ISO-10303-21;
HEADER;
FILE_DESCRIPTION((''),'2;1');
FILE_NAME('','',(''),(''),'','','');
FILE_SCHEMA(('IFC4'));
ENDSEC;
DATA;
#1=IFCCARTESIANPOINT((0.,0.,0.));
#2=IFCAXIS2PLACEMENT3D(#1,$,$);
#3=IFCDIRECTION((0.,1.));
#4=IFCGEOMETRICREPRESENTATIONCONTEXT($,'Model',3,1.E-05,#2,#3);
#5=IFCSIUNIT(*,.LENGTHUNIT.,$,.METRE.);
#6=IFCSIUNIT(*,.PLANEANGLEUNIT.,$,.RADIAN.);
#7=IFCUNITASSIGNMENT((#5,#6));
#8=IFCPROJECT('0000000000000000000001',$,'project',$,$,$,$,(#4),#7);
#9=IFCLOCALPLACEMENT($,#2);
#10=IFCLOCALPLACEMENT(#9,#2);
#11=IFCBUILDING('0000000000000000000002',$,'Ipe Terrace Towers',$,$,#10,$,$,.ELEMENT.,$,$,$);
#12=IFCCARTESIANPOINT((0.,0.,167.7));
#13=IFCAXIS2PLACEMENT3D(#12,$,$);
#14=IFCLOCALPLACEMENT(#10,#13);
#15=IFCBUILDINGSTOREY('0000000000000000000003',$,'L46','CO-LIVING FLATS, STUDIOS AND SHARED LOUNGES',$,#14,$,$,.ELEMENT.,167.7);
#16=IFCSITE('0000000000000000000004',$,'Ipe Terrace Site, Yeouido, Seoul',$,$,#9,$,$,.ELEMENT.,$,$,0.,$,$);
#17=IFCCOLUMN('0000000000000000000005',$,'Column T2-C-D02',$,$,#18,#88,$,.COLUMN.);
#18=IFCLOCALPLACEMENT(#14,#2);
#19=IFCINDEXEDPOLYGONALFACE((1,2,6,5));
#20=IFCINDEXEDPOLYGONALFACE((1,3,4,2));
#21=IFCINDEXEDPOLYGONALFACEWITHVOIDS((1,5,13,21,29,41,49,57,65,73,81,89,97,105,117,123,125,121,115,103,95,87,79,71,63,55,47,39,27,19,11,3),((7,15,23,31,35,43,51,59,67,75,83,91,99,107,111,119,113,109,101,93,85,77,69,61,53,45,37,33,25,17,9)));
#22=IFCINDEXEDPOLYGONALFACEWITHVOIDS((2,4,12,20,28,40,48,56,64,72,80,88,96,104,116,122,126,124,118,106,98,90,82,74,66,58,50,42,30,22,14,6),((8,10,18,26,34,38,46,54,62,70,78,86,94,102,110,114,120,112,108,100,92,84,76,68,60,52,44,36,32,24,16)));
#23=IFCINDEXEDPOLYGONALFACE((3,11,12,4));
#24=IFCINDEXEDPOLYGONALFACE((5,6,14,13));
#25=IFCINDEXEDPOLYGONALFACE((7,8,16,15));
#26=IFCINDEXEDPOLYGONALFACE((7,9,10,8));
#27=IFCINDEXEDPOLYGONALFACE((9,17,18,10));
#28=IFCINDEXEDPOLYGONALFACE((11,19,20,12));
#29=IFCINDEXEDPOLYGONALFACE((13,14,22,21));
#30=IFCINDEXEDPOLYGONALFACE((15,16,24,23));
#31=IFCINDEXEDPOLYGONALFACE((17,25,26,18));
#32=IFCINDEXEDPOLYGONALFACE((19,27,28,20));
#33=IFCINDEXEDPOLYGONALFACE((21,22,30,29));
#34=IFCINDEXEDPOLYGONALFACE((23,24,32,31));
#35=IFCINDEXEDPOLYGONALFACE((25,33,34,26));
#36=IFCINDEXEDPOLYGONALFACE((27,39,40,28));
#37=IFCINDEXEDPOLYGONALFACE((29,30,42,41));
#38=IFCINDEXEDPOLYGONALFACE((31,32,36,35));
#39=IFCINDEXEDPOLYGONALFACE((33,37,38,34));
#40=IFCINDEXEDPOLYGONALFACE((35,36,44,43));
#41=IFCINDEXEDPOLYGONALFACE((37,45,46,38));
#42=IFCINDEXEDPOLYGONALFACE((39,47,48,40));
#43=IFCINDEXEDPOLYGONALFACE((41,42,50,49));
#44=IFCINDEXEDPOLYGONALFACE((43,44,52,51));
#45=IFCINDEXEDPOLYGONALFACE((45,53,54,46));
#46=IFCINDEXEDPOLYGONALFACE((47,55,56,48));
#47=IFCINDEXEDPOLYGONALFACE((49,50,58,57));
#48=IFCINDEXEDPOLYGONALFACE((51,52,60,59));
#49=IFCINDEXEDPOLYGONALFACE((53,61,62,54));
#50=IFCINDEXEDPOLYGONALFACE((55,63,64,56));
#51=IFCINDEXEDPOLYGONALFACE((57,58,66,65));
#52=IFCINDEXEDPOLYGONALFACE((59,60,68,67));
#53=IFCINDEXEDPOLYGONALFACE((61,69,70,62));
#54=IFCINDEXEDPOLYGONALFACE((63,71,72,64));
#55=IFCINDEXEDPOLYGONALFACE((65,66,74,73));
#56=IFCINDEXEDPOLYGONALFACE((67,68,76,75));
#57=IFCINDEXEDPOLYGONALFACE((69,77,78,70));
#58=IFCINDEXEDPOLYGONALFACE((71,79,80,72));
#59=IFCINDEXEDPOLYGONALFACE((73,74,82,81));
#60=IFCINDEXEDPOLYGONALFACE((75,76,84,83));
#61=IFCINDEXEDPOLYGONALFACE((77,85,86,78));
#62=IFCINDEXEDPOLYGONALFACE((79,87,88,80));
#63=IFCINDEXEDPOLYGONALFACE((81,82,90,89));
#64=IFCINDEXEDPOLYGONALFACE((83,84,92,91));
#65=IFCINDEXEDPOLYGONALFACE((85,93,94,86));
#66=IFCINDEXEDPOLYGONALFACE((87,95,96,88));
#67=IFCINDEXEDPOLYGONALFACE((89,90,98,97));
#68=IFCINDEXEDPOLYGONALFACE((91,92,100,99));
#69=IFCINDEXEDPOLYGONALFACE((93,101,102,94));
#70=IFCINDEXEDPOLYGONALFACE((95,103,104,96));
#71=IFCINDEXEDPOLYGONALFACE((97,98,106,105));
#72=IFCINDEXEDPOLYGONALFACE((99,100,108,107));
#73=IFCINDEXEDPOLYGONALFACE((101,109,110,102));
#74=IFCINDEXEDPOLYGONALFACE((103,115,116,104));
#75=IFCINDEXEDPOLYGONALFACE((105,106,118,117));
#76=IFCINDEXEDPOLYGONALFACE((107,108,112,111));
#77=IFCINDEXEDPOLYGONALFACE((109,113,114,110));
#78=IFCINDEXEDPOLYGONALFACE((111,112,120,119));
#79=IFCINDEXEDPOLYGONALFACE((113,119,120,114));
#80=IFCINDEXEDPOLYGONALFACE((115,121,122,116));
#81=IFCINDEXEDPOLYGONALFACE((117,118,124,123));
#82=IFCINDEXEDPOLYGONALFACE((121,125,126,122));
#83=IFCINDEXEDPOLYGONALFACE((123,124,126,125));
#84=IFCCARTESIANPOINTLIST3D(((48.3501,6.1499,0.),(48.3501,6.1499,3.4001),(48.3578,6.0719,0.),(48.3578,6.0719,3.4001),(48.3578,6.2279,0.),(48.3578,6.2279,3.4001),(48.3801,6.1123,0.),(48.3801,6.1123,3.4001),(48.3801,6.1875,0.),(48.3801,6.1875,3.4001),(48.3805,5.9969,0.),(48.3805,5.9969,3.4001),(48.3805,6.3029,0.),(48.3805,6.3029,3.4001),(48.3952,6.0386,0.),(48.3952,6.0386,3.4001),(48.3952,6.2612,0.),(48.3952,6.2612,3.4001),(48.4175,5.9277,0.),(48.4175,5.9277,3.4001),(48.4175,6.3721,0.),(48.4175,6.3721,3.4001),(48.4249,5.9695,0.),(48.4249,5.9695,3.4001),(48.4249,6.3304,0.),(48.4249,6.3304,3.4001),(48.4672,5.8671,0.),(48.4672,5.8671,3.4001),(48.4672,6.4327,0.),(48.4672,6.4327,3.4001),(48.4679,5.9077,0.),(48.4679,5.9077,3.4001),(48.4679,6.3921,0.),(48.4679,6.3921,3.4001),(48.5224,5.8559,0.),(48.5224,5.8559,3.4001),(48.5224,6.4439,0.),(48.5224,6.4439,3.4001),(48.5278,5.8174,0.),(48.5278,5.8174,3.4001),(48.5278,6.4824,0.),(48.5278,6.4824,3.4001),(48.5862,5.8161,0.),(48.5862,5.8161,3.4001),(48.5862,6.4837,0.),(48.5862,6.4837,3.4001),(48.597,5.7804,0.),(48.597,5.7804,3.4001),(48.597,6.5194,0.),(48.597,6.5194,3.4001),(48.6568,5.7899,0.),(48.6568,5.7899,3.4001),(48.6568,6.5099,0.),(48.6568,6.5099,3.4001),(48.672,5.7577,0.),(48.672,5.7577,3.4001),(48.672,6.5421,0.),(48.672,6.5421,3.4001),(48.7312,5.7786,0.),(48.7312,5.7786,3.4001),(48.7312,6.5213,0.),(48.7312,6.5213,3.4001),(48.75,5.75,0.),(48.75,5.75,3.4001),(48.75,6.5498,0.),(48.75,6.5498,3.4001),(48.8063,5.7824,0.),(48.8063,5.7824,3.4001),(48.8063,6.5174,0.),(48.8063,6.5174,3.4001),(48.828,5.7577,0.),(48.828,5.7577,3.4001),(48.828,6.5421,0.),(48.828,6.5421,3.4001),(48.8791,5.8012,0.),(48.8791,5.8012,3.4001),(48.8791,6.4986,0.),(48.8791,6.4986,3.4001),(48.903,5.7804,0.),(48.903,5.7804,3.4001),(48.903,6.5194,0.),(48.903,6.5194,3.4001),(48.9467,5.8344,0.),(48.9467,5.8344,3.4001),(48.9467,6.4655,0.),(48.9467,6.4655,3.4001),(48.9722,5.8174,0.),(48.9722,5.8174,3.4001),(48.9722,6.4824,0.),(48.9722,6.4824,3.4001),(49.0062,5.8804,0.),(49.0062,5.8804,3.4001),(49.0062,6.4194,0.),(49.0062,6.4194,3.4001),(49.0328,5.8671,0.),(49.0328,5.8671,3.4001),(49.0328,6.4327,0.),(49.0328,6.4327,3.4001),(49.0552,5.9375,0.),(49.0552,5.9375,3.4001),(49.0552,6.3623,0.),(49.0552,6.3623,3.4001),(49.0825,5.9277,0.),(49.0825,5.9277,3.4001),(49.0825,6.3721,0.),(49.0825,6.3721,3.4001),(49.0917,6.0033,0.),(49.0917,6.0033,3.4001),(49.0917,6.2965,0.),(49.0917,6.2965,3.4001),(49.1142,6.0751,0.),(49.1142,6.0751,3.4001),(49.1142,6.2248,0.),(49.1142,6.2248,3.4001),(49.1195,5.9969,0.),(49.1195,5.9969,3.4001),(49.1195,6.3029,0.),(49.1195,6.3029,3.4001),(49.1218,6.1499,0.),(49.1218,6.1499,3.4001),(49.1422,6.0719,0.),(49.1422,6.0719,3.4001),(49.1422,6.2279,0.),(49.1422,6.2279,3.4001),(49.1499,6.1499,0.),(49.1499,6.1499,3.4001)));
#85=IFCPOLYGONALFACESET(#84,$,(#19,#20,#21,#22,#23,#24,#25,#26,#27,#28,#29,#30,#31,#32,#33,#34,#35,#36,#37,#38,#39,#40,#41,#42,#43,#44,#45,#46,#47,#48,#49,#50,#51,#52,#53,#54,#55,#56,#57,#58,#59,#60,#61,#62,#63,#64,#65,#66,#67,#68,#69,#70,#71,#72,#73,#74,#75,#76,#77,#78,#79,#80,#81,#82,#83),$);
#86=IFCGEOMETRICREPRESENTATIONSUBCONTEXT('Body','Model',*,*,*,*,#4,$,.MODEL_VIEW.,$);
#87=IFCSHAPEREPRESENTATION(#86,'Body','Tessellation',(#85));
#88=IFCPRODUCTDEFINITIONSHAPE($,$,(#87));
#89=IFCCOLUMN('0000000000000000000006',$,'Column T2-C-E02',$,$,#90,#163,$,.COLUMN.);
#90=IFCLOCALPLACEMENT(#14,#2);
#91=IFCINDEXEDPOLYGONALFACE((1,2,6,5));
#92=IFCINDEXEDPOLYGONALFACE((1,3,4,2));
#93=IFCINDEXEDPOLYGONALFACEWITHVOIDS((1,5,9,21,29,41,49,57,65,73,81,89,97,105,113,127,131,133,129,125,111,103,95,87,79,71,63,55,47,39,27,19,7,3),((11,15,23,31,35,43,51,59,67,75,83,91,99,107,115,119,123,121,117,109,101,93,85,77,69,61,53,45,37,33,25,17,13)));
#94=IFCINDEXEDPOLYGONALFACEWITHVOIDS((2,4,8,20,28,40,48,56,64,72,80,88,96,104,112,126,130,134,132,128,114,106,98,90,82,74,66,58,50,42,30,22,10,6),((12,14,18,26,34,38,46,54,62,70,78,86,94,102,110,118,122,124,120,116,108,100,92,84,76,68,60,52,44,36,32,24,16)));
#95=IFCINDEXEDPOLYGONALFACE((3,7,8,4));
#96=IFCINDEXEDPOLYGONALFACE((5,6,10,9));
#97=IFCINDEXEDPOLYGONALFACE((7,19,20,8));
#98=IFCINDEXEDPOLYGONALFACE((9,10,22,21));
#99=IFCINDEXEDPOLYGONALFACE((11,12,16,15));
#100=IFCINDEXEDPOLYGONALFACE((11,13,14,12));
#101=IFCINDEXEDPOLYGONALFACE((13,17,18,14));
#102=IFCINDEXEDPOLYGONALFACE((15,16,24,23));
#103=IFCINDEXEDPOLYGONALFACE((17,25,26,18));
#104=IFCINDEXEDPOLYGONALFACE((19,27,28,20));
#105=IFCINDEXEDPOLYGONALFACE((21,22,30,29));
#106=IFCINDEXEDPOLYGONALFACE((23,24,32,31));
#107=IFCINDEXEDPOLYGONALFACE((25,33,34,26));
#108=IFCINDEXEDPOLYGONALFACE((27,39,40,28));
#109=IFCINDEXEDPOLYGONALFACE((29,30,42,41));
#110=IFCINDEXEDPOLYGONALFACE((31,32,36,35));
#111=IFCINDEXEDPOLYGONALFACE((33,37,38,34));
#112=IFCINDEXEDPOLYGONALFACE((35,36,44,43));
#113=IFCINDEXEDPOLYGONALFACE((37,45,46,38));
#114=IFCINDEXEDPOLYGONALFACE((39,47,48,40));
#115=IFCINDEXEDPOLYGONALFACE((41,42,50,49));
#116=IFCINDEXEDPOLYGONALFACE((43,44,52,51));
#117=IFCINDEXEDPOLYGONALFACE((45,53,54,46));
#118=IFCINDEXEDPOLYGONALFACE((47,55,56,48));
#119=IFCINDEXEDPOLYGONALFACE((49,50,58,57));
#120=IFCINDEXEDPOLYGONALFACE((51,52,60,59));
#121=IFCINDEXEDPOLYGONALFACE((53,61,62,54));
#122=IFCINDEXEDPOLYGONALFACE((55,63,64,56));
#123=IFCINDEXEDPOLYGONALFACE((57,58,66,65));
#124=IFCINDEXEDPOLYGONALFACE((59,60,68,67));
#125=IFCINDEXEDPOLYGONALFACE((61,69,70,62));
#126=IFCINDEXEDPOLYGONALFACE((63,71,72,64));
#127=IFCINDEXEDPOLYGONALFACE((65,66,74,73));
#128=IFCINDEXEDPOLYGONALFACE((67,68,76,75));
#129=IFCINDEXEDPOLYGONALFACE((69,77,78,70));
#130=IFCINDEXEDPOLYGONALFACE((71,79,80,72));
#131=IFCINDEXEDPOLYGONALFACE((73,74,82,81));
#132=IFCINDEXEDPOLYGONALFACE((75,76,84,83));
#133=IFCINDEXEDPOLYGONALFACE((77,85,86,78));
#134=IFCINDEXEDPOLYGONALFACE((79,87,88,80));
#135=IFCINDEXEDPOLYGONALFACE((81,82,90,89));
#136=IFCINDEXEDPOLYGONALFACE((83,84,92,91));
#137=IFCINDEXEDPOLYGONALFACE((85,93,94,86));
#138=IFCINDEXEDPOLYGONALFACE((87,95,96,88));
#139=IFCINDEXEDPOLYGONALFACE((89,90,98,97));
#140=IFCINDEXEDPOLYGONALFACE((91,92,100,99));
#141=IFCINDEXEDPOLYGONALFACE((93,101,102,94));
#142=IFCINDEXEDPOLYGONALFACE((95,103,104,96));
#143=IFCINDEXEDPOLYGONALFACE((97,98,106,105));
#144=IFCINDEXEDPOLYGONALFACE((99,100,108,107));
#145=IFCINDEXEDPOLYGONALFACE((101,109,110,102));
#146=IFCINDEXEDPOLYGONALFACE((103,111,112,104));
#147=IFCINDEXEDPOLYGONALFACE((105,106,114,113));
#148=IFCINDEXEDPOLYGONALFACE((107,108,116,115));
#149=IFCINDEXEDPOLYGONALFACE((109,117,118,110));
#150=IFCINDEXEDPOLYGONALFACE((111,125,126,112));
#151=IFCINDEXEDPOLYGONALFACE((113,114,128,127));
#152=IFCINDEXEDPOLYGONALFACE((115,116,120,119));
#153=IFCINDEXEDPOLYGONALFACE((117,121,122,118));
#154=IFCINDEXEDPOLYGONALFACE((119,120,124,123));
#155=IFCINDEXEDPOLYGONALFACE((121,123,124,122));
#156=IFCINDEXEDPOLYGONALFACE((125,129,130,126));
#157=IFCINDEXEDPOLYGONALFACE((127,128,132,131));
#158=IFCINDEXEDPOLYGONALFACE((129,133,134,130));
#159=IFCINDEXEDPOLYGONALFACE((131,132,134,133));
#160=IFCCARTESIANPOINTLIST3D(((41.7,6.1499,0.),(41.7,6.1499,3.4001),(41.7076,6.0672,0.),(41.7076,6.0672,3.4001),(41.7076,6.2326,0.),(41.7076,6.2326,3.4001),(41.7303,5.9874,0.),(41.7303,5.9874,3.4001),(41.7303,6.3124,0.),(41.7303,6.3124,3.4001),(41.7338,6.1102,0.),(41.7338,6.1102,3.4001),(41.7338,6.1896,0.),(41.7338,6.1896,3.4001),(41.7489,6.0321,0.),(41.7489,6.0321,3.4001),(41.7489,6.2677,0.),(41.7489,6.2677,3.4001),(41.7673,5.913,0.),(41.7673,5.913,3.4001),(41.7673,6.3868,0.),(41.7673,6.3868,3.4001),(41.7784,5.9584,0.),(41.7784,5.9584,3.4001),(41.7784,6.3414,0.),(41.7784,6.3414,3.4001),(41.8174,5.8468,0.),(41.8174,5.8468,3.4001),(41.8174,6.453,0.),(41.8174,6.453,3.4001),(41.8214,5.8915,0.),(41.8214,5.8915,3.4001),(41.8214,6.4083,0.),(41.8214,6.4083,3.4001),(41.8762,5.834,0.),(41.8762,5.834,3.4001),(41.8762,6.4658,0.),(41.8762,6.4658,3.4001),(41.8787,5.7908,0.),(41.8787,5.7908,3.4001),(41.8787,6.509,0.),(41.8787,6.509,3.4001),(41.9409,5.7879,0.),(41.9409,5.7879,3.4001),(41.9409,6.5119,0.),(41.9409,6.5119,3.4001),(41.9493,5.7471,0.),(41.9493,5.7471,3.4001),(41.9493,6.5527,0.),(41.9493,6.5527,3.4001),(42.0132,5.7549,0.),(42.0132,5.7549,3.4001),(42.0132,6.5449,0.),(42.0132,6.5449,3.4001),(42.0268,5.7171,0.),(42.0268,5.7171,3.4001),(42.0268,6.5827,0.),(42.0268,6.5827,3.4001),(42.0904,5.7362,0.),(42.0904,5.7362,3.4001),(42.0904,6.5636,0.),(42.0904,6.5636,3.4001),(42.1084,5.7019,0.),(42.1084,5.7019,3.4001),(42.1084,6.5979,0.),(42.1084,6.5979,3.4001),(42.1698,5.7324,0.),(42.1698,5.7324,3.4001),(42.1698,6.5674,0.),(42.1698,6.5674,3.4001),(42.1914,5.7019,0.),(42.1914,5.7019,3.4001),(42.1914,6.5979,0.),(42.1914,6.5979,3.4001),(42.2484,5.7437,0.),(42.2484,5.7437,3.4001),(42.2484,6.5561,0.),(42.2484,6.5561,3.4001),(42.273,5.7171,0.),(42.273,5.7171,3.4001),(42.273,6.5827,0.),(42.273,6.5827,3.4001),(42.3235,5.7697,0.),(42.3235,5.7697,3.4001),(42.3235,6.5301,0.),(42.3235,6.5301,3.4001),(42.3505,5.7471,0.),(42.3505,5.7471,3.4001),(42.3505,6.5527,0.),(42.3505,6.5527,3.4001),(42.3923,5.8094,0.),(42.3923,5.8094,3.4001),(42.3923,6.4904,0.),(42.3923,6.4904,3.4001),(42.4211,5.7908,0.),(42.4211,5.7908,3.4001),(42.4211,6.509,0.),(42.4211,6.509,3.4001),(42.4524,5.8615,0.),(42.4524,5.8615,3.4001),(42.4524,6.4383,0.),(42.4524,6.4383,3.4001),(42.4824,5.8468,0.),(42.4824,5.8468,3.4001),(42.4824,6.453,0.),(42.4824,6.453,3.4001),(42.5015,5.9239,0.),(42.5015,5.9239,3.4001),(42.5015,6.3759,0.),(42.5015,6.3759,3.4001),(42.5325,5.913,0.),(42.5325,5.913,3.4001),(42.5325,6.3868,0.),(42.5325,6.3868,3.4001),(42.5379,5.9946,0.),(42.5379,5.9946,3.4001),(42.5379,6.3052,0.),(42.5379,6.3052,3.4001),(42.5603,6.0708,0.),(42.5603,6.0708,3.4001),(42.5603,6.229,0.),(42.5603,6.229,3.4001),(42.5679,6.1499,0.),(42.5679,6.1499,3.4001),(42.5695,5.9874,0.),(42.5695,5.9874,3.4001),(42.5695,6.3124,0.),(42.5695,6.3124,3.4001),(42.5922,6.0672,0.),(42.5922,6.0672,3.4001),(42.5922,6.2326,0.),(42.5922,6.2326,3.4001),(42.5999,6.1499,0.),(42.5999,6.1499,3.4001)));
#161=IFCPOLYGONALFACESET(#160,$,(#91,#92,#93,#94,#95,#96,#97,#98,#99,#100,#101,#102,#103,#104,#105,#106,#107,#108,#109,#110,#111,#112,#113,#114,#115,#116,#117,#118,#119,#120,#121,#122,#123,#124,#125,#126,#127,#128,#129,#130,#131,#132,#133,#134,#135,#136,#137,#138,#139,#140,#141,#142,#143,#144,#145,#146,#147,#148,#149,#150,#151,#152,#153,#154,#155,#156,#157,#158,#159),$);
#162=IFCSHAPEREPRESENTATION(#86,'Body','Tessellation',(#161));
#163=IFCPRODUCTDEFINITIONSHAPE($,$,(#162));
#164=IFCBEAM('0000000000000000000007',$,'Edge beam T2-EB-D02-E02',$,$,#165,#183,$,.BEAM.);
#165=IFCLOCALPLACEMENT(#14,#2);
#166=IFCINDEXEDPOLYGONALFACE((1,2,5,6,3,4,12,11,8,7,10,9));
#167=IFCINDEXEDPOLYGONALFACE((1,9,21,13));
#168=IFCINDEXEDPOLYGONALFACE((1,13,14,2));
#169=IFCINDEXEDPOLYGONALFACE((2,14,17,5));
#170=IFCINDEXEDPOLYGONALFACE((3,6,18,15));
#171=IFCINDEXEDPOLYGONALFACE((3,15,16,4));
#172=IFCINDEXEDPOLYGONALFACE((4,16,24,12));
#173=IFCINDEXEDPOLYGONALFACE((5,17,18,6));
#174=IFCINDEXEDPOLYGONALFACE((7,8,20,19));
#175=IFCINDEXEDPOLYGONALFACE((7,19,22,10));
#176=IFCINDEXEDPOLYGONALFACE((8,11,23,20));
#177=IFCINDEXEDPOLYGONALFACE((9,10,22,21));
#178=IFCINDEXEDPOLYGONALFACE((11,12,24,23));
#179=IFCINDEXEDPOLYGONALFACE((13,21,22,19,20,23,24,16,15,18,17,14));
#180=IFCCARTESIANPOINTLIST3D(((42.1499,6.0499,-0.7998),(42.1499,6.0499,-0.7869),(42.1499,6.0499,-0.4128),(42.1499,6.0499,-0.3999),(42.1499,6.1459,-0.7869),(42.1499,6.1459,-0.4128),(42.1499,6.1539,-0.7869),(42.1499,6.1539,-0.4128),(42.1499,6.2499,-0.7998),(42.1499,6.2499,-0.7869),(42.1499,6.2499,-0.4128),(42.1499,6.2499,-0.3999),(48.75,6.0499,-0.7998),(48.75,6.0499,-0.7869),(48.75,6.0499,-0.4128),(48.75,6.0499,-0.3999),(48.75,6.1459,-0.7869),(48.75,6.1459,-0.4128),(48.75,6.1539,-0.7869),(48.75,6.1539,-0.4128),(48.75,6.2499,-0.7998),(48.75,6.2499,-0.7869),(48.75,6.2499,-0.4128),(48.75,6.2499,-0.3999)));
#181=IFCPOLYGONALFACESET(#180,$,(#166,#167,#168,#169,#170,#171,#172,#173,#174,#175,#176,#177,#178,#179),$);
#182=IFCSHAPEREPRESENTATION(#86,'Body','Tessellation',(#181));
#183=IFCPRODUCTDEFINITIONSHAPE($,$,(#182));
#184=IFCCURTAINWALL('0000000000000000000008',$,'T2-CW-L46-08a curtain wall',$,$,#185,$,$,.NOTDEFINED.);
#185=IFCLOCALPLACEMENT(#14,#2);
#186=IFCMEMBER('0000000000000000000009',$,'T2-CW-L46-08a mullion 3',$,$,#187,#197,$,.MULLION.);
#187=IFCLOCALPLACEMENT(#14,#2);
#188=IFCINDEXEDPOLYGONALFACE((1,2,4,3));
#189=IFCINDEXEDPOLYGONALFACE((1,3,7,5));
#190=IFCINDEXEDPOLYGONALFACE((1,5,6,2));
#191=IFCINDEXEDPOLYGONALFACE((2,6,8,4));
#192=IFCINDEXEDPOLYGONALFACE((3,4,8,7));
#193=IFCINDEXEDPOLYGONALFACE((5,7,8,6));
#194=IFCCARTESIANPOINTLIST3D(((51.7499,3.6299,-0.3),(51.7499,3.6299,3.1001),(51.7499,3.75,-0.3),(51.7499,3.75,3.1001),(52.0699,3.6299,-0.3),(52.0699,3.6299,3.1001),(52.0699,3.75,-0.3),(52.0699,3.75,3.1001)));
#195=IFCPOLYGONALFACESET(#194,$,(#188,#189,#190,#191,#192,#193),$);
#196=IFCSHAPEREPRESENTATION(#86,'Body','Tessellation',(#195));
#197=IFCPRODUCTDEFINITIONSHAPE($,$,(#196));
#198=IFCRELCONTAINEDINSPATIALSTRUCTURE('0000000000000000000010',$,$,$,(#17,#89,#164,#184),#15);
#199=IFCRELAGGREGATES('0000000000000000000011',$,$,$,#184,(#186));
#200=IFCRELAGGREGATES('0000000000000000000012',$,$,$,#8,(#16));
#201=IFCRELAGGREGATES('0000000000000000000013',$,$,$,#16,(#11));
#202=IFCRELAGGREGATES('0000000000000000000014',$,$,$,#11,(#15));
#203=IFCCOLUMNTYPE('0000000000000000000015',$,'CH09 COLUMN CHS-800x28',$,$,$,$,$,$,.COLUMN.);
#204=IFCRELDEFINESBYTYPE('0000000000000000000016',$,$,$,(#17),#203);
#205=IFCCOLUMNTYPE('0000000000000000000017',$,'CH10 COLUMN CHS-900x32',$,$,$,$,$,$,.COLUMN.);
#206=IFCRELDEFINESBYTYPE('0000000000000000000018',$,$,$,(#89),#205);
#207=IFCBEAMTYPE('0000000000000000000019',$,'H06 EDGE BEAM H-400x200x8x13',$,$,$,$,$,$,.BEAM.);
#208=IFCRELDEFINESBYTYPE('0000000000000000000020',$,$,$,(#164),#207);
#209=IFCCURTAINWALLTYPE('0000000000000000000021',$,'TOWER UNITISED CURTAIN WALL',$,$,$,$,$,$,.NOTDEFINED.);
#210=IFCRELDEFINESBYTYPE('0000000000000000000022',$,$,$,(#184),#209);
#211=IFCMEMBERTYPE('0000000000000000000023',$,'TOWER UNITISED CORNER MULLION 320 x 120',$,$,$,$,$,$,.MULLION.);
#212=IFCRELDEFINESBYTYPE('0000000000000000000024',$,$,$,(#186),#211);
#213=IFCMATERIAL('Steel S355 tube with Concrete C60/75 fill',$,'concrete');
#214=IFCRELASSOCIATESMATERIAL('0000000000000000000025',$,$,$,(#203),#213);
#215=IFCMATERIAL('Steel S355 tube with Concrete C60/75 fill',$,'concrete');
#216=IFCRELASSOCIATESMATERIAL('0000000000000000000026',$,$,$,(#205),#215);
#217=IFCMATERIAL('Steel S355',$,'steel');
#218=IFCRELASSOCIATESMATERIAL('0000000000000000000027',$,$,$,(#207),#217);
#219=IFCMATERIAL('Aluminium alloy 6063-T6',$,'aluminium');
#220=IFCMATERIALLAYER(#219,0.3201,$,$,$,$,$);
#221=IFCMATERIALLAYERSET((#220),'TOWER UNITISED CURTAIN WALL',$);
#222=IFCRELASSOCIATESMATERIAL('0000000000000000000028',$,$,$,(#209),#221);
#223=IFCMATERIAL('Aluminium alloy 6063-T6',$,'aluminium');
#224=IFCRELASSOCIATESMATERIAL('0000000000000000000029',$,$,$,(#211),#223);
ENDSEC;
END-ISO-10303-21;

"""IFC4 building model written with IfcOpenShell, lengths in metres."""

from ifc_helpers import new_model, si_unit, direction, frame, origin, origin_2d, place, context, subcontext, project, spatial, rectangle, hollow_circle, i_section, extrude, material, layer, layer_set, material_profile, profile_set, type_object, element, aggregate, save


model = new_model("IFC4")

# Units and contexts
model_context = context("Model", 3, precision=1e-05, world=origin(), true_north=direction((0.0, 1.0)))
body_context = subcontext(model_context, "Body", "Model", "MODEL_VIEW")
ifc_project = project(units=[si_unit("LENGTHUNIT", "METRE"), si_unit("PLANEANGLEUNIT", "RADIAN")], contexts=[model_context])

# Site, building, storey
site_placement = place(None, origin())
site = spatial("IfcSite", under=ifc_project, at=site_placement, Name="Ipe Terrace Site, Yeouido, Seoul", CompositionType="ELEMENT", RefElevation=0.0)
building_placement = place(site_placement, origin())
building = spatial("IfcBuilding", under=site, at=building_placement, Name="Ipe Terrace Towers", CompositionType="ELEMENT")
storey_placement = place(building_placement, frame((0.0, 0.0, 167.7)))
storey = spatial("IfcBuildingStorey", under=building, at=storey_placement, Name="L46", Description="CO-LIVING FLATS, STUDIOS AND SHARED LOUNGES", CompositionType="ELEMENT", Elevation=167.7)

# Columns
ifc_material_1 = material(Name="Steel S355 tube with Concrete C60/75 fill", Category="concrete")
ifc_material_profile_1 = material_profile(ifc_material_1, hollow_circle(Radius=0.3999, WallThickness=0.0281, at=origin_2d()), Name="CHS-800x28")
ifc_profile_set_1 = profile_set([ifc_material_profile_1], Name="Steel S355 tube with Concrete C60/75 fill")
column_type_1 = type_object("IfcColumnType", Name="CH09 COLUMN CHS-800x28", PredefinedType="COLUMN", material=ifc_profile_set_1)
column_1_placement = place(storey_placement, frame((48.75, 6.1499, 0.0), z_axis=(0.0, 0.0, 1.0), x_axis=(1.0, 0.0, 0.0)))
element("IfcColumn", 1, at=column_1_placement, inside=storey, type_object=column_type_1, Name="Column T2-C-D02", PredefinedType="COLUMN", context=body_context, shape_type="SweptSolid", body=[
    extrude(hollow_circle(Radius=0.3999, WallThickness=0.0281, at=origin_2d()), origin(), (0.0, 0.0, 1.0), 3.4001),
])
ifc_material_2 = material(Name="Steel S355 tube with Concrete C60/75 fill", Category="concrete")
ifc_material_profile_2 = material_profile(ifc_material_2, hollow_circle(Radius=0.45, WallThickness=0.032, at=origin_2d()), Name="CHS-900x32")
ifc_profile_set_2 = profile_set([ifc_material_profile_2], Name="Steel S355 tube with Concrete C60/75 fill")
column_type_2 = type_object("IfcColumnType", Name="CH10 COLUMN CHS-900x32", PredefinedType="COLUMN", material=ifc_profile_set_2)
column_2_placement = place(storey_placement, frame((42.1499, 6.1499, 0.0), z_axis=(0.0, 0.0, 1.0), x_axis=(1.0, 0.0, 0.0)))
element("IfcColumn", 2, at=column_2_placement, inside=storey, type_object=column_type_2, Name="Column T2-C-E02", PredefinedType="COLUMN", context=body_context, shape_type="SweptSolid", body=[
    extrude(hollow_circle(Radius=0.45, WallThickness=0.032, at=origin_2d()), origin(), (0.0, 0.0, 1.0), 3.4001),
])

# Beam
ifc_material_3 = material(Name="Steel S355", Category="steel")
ifc_material_profile_3 = material_profile(ifc_material_3, i_section(OverallWidth=0.2, OverallDepth=0.3999, WebThickness=0.0081, FlangeThickness=0.0129, at=origin_2d()), Name="H-400x200x8x13")
ifc_profile_set_3 = profile_set([ifc_material_profile_3], Name="Steel S355")
beam_type = type_object("IfcBeamType", Name="H06 EDGE BEAM H-400x200x8x13", PredefinedType="BEAM", material=ifc_profile_set_3)
beam_placement = place(storey_placement, frame((48.75, 6.1499, -0.5999), z_axis=(-1.0, 0.0, 0.0), x_axis=(0.0, -1.0, 0.0)))
element("IfcBeam", 3, at=beam_placement, inside=storey, type_object=beam_type, Name="Edge beam T2-EB-D02-E02", PredefinedType="BEAM", context=body_context, shape_type="SweptSolid", body=[
    extrude(i_section(OverallWidth=0.2, OverallDepth=0.3999, WebThickness=0.0081, FlangeThickness=0.0129, at=origin_2d()), origin(), (0.0, 0.0, 1.0), 6.6001),
])

# Curtain wall, member
ifc_material_4 = material(Name="Aluminium alloy 6063-T6", Category="aluminium")
ifc_layer_1 = layer(ifc_material_4, 0.3201)
ifc_layer_set_1 = layer_set([ifc_layer_1], Name="TOWER UNITISED CURTAIN WALL")
curtain_wall_type = type_object("IfcCurtainWallType", Name="TOWER UNITISED CURTAIN WALL", PredefinedType="NOTDEFINED", material=ifc_layer_set_1)
curtain_wall_1_placement = place(storey_placement, origin())
curtain_wall_1 = element("IfcCurtainWall", 4, at=curtain_wall_1_placement, inside=storey, type_object=curtain_wall_type, Name="T2-CW-L46-08a curtain wall", PredefinedType="NOTDEFINED")
ifc_material_5 = material(Name="Aluminium alloy 6063-T6", Category="aluminium")
ifc_material_profile_4 = material_profile(ifc_material_5, rectangle(XDim=0.3201, YDim=0.1201, at=origin_2d()), Name="TOWER UNITISED CORNER MULLION 320 x 120")
ifc_profile_set_4 = profile_set([ifc_material_profile_4], Name="Aluminium alloy 6063-T6")
member_type = type_object("IfcMemberType", Name="TOWER UNITISED CORNER MULLION 320 x 120", PredefinedType="MULLION", material=ifc_profile_set_4)
member_1_placement = place(storey_placement, frame((51.9099, 3.6899, -0.3), z_axis=(0.0, 0.0, 1.0), x_axis=(1.0, 0.0, 0.0)))
member_1 = element("IfcMember", 5, at=member_1_placement, type_object=member_type, Name="T2-CW-L46-08a mullion 3", PredefinedType="MULLION", context=body_context, shape_type="SweptSolid", body=[
    extrude(rectangle(XDim=0.3201, YDim=0.1201, at=origin_2d()), origin(), (0.0, 0.0, 1.0), 3.4001),
])
aggregate(curtain_wall_1, [member_1])

save(model, "model.ifc")
